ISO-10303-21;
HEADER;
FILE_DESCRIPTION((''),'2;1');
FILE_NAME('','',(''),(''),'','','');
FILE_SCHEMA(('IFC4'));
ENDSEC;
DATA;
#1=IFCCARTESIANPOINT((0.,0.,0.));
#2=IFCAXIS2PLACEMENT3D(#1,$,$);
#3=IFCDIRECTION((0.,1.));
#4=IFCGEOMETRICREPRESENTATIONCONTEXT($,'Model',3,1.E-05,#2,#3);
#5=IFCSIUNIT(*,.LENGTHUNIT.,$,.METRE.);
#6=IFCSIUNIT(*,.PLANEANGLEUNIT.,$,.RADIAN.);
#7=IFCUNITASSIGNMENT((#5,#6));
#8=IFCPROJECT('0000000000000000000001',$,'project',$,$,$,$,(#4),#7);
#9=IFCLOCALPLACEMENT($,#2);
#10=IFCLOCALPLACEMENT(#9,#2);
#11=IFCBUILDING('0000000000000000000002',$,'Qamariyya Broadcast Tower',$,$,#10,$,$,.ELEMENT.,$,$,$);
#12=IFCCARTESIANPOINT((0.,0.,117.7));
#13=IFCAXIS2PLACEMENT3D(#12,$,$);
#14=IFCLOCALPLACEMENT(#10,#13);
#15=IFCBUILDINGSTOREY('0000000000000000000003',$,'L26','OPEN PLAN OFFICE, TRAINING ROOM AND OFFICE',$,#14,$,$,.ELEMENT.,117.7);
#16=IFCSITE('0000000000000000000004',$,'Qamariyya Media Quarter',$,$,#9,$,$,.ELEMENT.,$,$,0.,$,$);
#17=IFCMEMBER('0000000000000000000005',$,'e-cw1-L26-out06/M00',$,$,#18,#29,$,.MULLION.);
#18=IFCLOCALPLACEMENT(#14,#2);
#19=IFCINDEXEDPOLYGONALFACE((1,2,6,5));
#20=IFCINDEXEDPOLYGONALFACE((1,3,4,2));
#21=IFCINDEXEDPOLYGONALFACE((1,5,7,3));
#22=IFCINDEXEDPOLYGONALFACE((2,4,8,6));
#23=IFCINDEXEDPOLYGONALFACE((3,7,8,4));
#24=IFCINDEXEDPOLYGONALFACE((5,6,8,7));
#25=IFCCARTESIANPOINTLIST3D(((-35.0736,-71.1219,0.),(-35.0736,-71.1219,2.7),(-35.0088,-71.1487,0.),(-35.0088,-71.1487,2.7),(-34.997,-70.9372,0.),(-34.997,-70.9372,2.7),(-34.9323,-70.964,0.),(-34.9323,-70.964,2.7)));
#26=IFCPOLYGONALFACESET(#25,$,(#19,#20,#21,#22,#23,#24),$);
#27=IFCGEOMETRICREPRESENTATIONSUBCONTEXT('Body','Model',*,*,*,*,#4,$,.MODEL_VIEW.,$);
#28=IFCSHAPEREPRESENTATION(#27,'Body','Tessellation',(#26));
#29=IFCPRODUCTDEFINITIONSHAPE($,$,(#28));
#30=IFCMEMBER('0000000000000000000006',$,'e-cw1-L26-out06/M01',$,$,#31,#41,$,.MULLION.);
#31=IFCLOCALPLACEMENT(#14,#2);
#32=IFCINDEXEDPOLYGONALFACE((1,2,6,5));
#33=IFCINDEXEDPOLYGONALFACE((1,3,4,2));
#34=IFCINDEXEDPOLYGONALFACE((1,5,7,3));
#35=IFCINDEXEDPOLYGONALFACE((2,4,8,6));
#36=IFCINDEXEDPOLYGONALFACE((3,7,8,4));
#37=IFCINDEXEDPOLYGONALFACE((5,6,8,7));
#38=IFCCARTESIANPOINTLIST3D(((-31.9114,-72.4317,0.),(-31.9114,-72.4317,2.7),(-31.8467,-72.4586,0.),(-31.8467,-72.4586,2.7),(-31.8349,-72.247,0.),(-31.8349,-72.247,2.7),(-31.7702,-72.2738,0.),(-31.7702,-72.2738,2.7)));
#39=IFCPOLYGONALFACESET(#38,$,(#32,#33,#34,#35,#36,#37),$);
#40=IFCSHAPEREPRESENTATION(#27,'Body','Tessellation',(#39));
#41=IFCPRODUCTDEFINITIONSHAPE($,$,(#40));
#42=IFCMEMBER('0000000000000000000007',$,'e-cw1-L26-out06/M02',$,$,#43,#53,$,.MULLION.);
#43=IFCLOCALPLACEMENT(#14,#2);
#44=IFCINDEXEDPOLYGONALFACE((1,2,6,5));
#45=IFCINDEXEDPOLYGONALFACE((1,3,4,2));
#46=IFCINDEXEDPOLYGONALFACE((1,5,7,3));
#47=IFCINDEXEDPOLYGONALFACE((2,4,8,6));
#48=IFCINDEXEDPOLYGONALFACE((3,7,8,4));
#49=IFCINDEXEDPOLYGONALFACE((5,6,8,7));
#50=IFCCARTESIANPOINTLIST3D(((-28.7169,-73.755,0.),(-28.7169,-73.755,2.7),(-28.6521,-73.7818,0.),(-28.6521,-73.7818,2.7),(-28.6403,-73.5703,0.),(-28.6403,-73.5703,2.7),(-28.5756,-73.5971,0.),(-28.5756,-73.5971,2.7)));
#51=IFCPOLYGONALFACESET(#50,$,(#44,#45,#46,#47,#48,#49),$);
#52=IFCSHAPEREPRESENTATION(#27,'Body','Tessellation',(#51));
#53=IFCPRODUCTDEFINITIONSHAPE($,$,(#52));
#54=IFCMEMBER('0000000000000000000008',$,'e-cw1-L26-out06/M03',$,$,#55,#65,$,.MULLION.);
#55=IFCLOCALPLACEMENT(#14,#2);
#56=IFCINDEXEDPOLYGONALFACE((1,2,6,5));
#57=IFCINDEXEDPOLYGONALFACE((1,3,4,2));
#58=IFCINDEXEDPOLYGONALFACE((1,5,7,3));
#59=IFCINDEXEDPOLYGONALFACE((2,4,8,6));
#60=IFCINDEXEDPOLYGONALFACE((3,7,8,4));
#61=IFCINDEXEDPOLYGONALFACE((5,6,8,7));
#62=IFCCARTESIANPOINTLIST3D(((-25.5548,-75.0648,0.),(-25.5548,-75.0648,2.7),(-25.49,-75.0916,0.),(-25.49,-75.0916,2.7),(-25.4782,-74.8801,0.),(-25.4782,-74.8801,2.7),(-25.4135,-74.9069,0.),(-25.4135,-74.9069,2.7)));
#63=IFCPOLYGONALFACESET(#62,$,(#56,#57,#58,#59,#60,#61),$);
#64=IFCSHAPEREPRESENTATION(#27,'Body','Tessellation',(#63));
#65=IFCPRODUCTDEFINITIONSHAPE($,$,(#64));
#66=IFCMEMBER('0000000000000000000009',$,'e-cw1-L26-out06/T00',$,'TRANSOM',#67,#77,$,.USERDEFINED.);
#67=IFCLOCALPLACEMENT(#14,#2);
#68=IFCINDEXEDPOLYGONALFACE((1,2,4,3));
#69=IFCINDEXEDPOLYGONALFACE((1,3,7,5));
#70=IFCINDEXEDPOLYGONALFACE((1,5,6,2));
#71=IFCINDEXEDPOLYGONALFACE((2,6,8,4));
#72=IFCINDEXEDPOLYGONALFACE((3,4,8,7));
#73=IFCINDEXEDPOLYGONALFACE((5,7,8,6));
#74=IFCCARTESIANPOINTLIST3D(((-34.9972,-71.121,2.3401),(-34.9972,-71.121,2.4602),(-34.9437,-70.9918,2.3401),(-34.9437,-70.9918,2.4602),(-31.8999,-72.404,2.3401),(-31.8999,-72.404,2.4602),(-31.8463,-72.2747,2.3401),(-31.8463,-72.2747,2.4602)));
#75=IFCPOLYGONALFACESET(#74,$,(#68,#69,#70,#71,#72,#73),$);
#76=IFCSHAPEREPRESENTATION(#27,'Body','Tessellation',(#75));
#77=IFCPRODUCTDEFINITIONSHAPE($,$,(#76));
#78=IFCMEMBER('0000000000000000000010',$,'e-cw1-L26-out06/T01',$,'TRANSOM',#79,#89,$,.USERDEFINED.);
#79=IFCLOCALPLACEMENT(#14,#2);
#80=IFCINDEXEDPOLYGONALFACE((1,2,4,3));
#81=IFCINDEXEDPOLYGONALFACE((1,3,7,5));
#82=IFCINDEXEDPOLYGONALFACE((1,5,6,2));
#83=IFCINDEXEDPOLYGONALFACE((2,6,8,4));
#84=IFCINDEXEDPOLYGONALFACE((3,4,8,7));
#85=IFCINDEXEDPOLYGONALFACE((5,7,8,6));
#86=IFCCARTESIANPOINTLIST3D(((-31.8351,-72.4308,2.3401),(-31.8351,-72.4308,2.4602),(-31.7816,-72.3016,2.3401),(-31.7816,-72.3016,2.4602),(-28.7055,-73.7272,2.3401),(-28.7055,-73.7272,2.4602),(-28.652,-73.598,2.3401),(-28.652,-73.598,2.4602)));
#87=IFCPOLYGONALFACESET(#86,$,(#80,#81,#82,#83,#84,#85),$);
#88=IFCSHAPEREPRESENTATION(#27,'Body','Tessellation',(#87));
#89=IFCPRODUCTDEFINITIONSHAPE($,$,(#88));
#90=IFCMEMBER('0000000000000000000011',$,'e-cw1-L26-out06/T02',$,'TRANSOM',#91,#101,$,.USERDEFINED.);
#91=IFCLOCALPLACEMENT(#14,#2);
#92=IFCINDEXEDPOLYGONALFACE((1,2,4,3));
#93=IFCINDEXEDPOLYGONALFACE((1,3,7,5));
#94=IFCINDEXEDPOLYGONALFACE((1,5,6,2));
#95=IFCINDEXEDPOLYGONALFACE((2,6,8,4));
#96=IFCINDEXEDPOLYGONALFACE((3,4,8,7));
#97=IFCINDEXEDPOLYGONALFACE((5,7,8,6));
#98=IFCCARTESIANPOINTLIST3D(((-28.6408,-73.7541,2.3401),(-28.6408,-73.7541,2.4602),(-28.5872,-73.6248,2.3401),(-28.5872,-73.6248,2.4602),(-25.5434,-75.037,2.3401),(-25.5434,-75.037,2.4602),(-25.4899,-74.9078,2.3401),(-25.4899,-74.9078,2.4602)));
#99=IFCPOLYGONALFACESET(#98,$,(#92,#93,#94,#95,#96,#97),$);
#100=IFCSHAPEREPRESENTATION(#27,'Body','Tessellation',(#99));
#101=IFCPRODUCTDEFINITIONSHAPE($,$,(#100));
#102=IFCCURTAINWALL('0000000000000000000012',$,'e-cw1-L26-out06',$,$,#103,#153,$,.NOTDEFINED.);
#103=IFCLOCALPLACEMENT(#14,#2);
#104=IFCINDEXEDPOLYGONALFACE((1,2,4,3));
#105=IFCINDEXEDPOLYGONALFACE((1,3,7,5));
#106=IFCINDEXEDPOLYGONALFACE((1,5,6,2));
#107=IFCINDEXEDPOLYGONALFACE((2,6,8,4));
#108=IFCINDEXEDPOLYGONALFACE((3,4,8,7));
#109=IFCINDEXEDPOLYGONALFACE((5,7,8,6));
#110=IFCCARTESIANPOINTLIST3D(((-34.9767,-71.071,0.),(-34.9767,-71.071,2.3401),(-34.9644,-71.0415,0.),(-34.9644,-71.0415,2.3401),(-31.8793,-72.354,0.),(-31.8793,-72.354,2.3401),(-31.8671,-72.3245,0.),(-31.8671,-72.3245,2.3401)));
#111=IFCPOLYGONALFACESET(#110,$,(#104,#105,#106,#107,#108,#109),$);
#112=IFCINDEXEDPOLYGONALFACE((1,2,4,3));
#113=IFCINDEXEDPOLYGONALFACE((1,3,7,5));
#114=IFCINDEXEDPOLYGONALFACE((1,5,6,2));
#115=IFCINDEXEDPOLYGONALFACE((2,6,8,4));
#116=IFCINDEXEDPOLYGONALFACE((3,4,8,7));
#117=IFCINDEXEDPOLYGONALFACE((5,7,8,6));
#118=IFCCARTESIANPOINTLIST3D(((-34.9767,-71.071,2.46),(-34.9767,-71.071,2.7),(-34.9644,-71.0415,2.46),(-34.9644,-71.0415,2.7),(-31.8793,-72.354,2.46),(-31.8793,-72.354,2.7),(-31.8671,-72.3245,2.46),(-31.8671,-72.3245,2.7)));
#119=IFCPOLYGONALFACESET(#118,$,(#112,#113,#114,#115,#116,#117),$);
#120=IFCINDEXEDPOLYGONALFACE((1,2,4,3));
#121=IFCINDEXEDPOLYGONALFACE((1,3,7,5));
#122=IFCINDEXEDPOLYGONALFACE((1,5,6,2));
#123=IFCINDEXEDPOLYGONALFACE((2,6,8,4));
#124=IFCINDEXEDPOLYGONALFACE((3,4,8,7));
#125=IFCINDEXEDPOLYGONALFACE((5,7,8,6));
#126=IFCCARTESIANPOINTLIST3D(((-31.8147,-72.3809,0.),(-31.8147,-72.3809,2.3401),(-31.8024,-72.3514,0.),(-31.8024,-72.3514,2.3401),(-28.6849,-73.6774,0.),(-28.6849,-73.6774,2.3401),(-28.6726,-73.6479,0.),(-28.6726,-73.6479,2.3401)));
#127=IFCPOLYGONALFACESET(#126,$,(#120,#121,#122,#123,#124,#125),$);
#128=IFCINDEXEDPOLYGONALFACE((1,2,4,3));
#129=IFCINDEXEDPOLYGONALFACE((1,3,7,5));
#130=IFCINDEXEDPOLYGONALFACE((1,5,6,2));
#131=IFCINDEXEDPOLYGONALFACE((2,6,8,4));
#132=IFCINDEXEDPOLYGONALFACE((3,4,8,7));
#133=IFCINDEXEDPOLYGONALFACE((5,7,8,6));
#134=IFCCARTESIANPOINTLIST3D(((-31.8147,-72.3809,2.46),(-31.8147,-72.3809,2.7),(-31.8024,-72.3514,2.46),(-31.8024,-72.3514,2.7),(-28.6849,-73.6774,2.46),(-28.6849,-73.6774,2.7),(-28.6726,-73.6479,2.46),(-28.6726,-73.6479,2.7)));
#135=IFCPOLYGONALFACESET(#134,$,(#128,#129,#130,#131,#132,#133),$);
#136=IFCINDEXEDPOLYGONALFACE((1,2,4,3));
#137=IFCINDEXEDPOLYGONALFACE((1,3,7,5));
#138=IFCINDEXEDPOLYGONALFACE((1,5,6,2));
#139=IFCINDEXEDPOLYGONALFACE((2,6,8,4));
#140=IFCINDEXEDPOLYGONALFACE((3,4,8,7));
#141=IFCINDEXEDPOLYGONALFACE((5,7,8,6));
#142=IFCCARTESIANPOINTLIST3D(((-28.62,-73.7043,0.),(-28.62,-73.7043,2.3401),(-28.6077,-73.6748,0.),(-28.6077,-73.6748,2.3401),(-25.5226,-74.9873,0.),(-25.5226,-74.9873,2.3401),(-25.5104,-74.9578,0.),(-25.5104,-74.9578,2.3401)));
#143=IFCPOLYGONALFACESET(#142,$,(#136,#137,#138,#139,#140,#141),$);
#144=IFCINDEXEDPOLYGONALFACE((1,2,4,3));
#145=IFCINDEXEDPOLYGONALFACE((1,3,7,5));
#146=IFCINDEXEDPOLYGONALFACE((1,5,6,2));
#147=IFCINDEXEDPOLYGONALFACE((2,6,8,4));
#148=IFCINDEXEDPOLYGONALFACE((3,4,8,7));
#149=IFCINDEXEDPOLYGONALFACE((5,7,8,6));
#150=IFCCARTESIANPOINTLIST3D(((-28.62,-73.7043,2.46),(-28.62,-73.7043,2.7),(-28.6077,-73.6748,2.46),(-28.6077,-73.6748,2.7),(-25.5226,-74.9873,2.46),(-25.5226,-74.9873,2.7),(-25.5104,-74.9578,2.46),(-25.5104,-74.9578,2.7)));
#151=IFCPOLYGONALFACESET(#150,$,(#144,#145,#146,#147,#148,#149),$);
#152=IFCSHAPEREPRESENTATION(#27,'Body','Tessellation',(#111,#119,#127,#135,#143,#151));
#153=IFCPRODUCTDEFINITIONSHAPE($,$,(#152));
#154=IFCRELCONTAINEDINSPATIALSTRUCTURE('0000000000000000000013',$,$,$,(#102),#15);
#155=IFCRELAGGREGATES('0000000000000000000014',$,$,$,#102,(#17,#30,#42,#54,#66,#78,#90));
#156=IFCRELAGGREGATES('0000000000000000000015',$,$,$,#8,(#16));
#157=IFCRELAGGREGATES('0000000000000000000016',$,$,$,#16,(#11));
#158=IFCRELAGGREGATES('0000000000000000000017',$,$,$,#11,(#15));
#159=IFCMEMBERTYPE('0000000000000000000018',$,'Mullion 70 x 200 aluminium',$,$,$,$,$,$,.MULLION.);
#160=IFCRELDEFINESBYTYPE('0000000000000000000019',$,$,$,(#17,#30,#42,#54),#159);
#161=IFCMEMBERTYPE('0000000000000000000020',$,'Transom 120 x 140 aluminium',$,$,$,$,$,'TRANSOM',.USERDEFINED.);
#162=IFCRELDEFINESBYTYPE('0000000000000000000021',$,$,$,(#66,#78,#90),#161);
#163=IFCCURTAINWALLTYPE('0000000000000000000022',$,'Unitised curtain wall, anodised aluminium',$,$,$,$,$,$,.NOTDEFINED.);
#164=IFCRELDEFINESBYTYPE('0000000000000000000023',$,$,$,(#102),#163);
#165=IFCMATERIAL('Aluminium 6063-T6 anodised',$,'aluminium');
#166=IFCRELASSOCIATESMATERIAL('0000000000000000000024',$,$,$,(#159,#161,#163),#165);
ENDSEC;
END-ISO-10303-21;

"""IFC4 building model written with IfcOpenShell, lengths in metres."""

from ifc_helpers import new_model, si_unit, direction, frame, origin, origin_2d, place, context, subcontext, project, spatial, rectangle, extrude, material, material_profile, profile_set, type_object, element, aggregate, save


model = new_model("IFC4")

# Units and contexts
model_context = context("Model", 3, precision=1e-05, world=origin(), true_north=direction((0.0, 1.0)))
body_context = subcontext(model_context, "Body", "Model", "MODEL_VIEW")
ifc_project = project(units=[si_unit("LENGTHUNIT", "METRE"), si_unit("PLANEANGLEUNIT", "RADIAN")], contexts=[model_context])

# Members
ifc_material = material(Name="Aluminium 6063-T6 anodised", Category="aluminium")
ifc_material_profile_1 = material_profile(ifc_material, rectangle(XDim=0.2, YDim=0.0701, at=origin_2d()))
ifc_profile_set_1 = profile_set([ifc_material_profile_1], Name="Aluminium 6063-T6 anodised")
member_type_1 = type_object("IfcMemberType", Name="Mullion 70 x 200 aluminium", PredefinedType="MULLION", material=ifc_profile_set_1)
site_placement = place(None, origin())
building_placement = place(site_placement, origin())
storey_placement = place(building_placement, frame((0.0, 0.0, 117.7)))
member_1_placement = place(storey_placement, frame((-35.0029, -71.043, 0.0), z_axis=(0.0, 0.0, 1.0), x_axis=(0.382683, 0.92388, 0.0)))
member_1 = element("IfcMember", 1, at=member_1_placement, type_object=member_type_1, Name="e-cw1-L26-out06/M00", PredefinedType="MULLION", context=body_context, shape_type="SweptSolid", body=[
    extrude(rectangle(XDim=0.2, YDim=0.0701, at=origin_2d()), origin(), (0.0, 0.0, 1.0), 2.7),
])
member_2_placement = place(storey_placement, frame((-31.8408, -72.3528, 0.0), z_axis=(0.0, 0.0, 1.0), x_axis=(0.382683, 0.92388, 0.0)))
member_2 = element("IfcMember", 2, at=member_2_placement, type_object=member_type_1, Name="e-cw1-L26-out06/M01", PredefinedType="MULLION", context=body_context, shape_type="SweptSolid", body=[
    extrude(rectangle(XDim=0.2, YDim=0.0701, at=origin_2d()), origin(), (0.0, 0.0, 1.0), 2.7),
])
member_3_placement = place(storey_placement, frame((-28.6462, -73.676, 0.0), z_axis=(0.0, 0.0, 1.0), x_axis=(0.382683, 0.92388, 0.0)))
member_3 = element("IfcMember", 3, at=member_3_placement, type_object=member_type_1, Name="e-cw1-L26-out06/M02", PredefinedType="MULLION", context=body_context, shape_type="SweptSolid", body=[
    extrude(rectangle(XDim=0.2, YDim=0.0701, at=origin_2d()), origin(), (0.0, 0.0, 1.0), 2.7),
])
member_4_placement = place(storey_placement, frame((-25.4841, -74.9858, 0.0), z_axis=(0.0, 0.0, 1.0), x_axis=(0.382683, 0.92388, 0.0)))
member_4 = element("IfcMember", 4, at=member_4_placement, type_object=member_type_1, Name="e-cw1-L26-out06/M03", PredefinedType="MULLION", context=body_context, shape_type="SweptSolid", body=[
    extrude(rectangle(XDim=0.2, YDim=0.0701, at=origin_2d()), origin(), (0.0, 0.0, 1.0), 2.7),
])
ifc_material_profile_2 = material_profile(ifc_material, rectangle(XDim=0.1399, YDim=0.1201, at=origin_2d()))
ifc_profile_set_2 = profile_set([ifc_material_profile_2], Name="Aluminium 6063-T6 anodised")
member_type_2 = type_object("IfcMemberType", Name="Transom 120 x 140 aluminium", ElementType="TRANSOM", PredefinedType="USERDEFINED", material=ifc_profile_set_2)
member_5_placement = place(storey_placement, frame((-34.9705, -71.0564, 2.4001), z_axis=(0.923883, -0.382676, 0.0), x_axis=(0.382676, 0.923883, 0.0)))
member_5 = element("IfcMember", 5, at=member_5_placement, type_object=member_type_2, Name="e-cw1-L26-out06/T00", ObjectType="TRANSOM", PredefinedType="USERDEFINED", context=body_context, shape_type="SweptSolid", body=[
    extrude(rectangle(XDim=0.1399, YDim=0.1201, at=origin_2d()), origin(), (0.0, 0.0, 1.0), 3.3525),
])
member_6_placement = place(storey_placement, frame((-31.8083, -72.3662, 2.4001), z_axis=(0.923875, -0.382696, 0.0), x_axis=(0.382696, 0.923875, 0.0)))
member_6 = element("IfcMember", 6, at=member_6_placement, type_object=member_type_2, Name="e-cw1-L26-out06/T01", ObjectType="TRANSOM", PredefinedType="USERDEFINED", context=body_context, shape_type="SweptSolid", body=[
    extrude(rectangle(XDim=0.1399, YDim=0.1201, at=origin_2d()), origin(), (0.0, 0.0, 1.0), 3.3875),
])
member_7_placement = place(storey_placement, frame((-28.614, -73.6895, 2.4001), z_axis=(0.923883, -0.382676, 0.0), x_axis=(0.382676, 0.923883, 0.0)))
member_7 = element("IfcMember", 7, at=member_7_placement, type_object=member_type_2, Name="e-cw1-L26-out06/T02", ObjectType="TRANSOM", PredefinedType="USERDEFINED", context=body_context, shape_type="SweptSolid", body=[
    extrude(rectangle(XDim=0.1399, YDim=0.1201, at=origin_2d()), origin(), (0.0, 0.0, 1.0), 3.3525),
])

# Site, building, storey
site = spatial("IfcSite", under=ifc_project, at=site_placement, Name="Qamariyya Media Quarter", CompositionType="ELEMENT", RefElevation=0.0)
building = spatial("IfcBuilding", under=site, at=building_placement, Name="Qamariyya Broadcast Tower", CompositionType="ELEMENT")
storey = spatial("IfcBuildingStorey", under=building, at=storey_placement, Name="L26", Description="OPEN PLAN OFFICE, TRAINING ROOM AND OFFICE", CompositionType="ELEMENT", Elevation=117.7)

# Curtain wall
curtain_wall_type = type_object("IfcCurtainWallType", Name="Unitised curtain wall, anodised aluminium", PredefinedType="NOTDEFINED", material=ifc_material)
curtain_wall_1_placement = place(storey_placement, origin())
curtain_wall_1 = element("IfcCurtainWall", 8, at=curtain_wall_1_placement, inside=storey, type_object=curtain_wall_type, Name="e-cw1-L26-out06", PredefinedType="NOTDEFINED", context=body_context, shape_type="SweptSolid", body=[
    extrude(rectangle(XDim=3.3525, YDim=0.032, at=origin_2d()), frame((-33.4219, -71.6978, 0.0), x_axis=(0.923872, -0.382701, 0.0)), (0.0, 0.0, 1.0), 2.3401),
    extrude(rectangle(XDim=3.3525, YDim=0.032, at=origin_2d()), frame((-33.4219, -71.6978, 2.46), x_axis=(0.923872, -0.382701, 0.0)), (0.0, 0.0, 1.0), 0.24),
    extrude(rectangle(XDim=3.3877, YDim=0.032, at=origin_2d()), frame((-30.2437, -73.0144, 0.0), x_axis=(0.923872, -0.382701, 0.0)), (0.0, 0.0, 1.0), 2.3401),
    extrude(rectangle(XDim=3.3877, YDim=0.032, at=origin_2d()), frame((-30.2437, -73.0144, 2.46), x_axis=(0.923872, -0.382701, 0.0)), (0.0, 0.0, 1.0), 0.24),
    extrude(rectangle(XDim=3.3525, YDim=0.032, at=origin_2d()), frame((-27.0652, -74.3311, 0.0), x_axis=(0.923872, -0.382701, 0.0)), (0.0, 0.0, 1.0), 2.3401),
    extrude(rectangle(XDim=3.3525, YDim=0.032, at=origin_2d()), frame((-27.0652, -74.3311, 2.46), x_axis=(0.923872, -0.382701, 0.0)), (0.0, 0.0, 1.0), 0.24),
])
aggregate(curtain_wall_1, [member_1, member_2, member_3, member_4, member_5, member_6, member_7])

save(model, "model.ifc")
